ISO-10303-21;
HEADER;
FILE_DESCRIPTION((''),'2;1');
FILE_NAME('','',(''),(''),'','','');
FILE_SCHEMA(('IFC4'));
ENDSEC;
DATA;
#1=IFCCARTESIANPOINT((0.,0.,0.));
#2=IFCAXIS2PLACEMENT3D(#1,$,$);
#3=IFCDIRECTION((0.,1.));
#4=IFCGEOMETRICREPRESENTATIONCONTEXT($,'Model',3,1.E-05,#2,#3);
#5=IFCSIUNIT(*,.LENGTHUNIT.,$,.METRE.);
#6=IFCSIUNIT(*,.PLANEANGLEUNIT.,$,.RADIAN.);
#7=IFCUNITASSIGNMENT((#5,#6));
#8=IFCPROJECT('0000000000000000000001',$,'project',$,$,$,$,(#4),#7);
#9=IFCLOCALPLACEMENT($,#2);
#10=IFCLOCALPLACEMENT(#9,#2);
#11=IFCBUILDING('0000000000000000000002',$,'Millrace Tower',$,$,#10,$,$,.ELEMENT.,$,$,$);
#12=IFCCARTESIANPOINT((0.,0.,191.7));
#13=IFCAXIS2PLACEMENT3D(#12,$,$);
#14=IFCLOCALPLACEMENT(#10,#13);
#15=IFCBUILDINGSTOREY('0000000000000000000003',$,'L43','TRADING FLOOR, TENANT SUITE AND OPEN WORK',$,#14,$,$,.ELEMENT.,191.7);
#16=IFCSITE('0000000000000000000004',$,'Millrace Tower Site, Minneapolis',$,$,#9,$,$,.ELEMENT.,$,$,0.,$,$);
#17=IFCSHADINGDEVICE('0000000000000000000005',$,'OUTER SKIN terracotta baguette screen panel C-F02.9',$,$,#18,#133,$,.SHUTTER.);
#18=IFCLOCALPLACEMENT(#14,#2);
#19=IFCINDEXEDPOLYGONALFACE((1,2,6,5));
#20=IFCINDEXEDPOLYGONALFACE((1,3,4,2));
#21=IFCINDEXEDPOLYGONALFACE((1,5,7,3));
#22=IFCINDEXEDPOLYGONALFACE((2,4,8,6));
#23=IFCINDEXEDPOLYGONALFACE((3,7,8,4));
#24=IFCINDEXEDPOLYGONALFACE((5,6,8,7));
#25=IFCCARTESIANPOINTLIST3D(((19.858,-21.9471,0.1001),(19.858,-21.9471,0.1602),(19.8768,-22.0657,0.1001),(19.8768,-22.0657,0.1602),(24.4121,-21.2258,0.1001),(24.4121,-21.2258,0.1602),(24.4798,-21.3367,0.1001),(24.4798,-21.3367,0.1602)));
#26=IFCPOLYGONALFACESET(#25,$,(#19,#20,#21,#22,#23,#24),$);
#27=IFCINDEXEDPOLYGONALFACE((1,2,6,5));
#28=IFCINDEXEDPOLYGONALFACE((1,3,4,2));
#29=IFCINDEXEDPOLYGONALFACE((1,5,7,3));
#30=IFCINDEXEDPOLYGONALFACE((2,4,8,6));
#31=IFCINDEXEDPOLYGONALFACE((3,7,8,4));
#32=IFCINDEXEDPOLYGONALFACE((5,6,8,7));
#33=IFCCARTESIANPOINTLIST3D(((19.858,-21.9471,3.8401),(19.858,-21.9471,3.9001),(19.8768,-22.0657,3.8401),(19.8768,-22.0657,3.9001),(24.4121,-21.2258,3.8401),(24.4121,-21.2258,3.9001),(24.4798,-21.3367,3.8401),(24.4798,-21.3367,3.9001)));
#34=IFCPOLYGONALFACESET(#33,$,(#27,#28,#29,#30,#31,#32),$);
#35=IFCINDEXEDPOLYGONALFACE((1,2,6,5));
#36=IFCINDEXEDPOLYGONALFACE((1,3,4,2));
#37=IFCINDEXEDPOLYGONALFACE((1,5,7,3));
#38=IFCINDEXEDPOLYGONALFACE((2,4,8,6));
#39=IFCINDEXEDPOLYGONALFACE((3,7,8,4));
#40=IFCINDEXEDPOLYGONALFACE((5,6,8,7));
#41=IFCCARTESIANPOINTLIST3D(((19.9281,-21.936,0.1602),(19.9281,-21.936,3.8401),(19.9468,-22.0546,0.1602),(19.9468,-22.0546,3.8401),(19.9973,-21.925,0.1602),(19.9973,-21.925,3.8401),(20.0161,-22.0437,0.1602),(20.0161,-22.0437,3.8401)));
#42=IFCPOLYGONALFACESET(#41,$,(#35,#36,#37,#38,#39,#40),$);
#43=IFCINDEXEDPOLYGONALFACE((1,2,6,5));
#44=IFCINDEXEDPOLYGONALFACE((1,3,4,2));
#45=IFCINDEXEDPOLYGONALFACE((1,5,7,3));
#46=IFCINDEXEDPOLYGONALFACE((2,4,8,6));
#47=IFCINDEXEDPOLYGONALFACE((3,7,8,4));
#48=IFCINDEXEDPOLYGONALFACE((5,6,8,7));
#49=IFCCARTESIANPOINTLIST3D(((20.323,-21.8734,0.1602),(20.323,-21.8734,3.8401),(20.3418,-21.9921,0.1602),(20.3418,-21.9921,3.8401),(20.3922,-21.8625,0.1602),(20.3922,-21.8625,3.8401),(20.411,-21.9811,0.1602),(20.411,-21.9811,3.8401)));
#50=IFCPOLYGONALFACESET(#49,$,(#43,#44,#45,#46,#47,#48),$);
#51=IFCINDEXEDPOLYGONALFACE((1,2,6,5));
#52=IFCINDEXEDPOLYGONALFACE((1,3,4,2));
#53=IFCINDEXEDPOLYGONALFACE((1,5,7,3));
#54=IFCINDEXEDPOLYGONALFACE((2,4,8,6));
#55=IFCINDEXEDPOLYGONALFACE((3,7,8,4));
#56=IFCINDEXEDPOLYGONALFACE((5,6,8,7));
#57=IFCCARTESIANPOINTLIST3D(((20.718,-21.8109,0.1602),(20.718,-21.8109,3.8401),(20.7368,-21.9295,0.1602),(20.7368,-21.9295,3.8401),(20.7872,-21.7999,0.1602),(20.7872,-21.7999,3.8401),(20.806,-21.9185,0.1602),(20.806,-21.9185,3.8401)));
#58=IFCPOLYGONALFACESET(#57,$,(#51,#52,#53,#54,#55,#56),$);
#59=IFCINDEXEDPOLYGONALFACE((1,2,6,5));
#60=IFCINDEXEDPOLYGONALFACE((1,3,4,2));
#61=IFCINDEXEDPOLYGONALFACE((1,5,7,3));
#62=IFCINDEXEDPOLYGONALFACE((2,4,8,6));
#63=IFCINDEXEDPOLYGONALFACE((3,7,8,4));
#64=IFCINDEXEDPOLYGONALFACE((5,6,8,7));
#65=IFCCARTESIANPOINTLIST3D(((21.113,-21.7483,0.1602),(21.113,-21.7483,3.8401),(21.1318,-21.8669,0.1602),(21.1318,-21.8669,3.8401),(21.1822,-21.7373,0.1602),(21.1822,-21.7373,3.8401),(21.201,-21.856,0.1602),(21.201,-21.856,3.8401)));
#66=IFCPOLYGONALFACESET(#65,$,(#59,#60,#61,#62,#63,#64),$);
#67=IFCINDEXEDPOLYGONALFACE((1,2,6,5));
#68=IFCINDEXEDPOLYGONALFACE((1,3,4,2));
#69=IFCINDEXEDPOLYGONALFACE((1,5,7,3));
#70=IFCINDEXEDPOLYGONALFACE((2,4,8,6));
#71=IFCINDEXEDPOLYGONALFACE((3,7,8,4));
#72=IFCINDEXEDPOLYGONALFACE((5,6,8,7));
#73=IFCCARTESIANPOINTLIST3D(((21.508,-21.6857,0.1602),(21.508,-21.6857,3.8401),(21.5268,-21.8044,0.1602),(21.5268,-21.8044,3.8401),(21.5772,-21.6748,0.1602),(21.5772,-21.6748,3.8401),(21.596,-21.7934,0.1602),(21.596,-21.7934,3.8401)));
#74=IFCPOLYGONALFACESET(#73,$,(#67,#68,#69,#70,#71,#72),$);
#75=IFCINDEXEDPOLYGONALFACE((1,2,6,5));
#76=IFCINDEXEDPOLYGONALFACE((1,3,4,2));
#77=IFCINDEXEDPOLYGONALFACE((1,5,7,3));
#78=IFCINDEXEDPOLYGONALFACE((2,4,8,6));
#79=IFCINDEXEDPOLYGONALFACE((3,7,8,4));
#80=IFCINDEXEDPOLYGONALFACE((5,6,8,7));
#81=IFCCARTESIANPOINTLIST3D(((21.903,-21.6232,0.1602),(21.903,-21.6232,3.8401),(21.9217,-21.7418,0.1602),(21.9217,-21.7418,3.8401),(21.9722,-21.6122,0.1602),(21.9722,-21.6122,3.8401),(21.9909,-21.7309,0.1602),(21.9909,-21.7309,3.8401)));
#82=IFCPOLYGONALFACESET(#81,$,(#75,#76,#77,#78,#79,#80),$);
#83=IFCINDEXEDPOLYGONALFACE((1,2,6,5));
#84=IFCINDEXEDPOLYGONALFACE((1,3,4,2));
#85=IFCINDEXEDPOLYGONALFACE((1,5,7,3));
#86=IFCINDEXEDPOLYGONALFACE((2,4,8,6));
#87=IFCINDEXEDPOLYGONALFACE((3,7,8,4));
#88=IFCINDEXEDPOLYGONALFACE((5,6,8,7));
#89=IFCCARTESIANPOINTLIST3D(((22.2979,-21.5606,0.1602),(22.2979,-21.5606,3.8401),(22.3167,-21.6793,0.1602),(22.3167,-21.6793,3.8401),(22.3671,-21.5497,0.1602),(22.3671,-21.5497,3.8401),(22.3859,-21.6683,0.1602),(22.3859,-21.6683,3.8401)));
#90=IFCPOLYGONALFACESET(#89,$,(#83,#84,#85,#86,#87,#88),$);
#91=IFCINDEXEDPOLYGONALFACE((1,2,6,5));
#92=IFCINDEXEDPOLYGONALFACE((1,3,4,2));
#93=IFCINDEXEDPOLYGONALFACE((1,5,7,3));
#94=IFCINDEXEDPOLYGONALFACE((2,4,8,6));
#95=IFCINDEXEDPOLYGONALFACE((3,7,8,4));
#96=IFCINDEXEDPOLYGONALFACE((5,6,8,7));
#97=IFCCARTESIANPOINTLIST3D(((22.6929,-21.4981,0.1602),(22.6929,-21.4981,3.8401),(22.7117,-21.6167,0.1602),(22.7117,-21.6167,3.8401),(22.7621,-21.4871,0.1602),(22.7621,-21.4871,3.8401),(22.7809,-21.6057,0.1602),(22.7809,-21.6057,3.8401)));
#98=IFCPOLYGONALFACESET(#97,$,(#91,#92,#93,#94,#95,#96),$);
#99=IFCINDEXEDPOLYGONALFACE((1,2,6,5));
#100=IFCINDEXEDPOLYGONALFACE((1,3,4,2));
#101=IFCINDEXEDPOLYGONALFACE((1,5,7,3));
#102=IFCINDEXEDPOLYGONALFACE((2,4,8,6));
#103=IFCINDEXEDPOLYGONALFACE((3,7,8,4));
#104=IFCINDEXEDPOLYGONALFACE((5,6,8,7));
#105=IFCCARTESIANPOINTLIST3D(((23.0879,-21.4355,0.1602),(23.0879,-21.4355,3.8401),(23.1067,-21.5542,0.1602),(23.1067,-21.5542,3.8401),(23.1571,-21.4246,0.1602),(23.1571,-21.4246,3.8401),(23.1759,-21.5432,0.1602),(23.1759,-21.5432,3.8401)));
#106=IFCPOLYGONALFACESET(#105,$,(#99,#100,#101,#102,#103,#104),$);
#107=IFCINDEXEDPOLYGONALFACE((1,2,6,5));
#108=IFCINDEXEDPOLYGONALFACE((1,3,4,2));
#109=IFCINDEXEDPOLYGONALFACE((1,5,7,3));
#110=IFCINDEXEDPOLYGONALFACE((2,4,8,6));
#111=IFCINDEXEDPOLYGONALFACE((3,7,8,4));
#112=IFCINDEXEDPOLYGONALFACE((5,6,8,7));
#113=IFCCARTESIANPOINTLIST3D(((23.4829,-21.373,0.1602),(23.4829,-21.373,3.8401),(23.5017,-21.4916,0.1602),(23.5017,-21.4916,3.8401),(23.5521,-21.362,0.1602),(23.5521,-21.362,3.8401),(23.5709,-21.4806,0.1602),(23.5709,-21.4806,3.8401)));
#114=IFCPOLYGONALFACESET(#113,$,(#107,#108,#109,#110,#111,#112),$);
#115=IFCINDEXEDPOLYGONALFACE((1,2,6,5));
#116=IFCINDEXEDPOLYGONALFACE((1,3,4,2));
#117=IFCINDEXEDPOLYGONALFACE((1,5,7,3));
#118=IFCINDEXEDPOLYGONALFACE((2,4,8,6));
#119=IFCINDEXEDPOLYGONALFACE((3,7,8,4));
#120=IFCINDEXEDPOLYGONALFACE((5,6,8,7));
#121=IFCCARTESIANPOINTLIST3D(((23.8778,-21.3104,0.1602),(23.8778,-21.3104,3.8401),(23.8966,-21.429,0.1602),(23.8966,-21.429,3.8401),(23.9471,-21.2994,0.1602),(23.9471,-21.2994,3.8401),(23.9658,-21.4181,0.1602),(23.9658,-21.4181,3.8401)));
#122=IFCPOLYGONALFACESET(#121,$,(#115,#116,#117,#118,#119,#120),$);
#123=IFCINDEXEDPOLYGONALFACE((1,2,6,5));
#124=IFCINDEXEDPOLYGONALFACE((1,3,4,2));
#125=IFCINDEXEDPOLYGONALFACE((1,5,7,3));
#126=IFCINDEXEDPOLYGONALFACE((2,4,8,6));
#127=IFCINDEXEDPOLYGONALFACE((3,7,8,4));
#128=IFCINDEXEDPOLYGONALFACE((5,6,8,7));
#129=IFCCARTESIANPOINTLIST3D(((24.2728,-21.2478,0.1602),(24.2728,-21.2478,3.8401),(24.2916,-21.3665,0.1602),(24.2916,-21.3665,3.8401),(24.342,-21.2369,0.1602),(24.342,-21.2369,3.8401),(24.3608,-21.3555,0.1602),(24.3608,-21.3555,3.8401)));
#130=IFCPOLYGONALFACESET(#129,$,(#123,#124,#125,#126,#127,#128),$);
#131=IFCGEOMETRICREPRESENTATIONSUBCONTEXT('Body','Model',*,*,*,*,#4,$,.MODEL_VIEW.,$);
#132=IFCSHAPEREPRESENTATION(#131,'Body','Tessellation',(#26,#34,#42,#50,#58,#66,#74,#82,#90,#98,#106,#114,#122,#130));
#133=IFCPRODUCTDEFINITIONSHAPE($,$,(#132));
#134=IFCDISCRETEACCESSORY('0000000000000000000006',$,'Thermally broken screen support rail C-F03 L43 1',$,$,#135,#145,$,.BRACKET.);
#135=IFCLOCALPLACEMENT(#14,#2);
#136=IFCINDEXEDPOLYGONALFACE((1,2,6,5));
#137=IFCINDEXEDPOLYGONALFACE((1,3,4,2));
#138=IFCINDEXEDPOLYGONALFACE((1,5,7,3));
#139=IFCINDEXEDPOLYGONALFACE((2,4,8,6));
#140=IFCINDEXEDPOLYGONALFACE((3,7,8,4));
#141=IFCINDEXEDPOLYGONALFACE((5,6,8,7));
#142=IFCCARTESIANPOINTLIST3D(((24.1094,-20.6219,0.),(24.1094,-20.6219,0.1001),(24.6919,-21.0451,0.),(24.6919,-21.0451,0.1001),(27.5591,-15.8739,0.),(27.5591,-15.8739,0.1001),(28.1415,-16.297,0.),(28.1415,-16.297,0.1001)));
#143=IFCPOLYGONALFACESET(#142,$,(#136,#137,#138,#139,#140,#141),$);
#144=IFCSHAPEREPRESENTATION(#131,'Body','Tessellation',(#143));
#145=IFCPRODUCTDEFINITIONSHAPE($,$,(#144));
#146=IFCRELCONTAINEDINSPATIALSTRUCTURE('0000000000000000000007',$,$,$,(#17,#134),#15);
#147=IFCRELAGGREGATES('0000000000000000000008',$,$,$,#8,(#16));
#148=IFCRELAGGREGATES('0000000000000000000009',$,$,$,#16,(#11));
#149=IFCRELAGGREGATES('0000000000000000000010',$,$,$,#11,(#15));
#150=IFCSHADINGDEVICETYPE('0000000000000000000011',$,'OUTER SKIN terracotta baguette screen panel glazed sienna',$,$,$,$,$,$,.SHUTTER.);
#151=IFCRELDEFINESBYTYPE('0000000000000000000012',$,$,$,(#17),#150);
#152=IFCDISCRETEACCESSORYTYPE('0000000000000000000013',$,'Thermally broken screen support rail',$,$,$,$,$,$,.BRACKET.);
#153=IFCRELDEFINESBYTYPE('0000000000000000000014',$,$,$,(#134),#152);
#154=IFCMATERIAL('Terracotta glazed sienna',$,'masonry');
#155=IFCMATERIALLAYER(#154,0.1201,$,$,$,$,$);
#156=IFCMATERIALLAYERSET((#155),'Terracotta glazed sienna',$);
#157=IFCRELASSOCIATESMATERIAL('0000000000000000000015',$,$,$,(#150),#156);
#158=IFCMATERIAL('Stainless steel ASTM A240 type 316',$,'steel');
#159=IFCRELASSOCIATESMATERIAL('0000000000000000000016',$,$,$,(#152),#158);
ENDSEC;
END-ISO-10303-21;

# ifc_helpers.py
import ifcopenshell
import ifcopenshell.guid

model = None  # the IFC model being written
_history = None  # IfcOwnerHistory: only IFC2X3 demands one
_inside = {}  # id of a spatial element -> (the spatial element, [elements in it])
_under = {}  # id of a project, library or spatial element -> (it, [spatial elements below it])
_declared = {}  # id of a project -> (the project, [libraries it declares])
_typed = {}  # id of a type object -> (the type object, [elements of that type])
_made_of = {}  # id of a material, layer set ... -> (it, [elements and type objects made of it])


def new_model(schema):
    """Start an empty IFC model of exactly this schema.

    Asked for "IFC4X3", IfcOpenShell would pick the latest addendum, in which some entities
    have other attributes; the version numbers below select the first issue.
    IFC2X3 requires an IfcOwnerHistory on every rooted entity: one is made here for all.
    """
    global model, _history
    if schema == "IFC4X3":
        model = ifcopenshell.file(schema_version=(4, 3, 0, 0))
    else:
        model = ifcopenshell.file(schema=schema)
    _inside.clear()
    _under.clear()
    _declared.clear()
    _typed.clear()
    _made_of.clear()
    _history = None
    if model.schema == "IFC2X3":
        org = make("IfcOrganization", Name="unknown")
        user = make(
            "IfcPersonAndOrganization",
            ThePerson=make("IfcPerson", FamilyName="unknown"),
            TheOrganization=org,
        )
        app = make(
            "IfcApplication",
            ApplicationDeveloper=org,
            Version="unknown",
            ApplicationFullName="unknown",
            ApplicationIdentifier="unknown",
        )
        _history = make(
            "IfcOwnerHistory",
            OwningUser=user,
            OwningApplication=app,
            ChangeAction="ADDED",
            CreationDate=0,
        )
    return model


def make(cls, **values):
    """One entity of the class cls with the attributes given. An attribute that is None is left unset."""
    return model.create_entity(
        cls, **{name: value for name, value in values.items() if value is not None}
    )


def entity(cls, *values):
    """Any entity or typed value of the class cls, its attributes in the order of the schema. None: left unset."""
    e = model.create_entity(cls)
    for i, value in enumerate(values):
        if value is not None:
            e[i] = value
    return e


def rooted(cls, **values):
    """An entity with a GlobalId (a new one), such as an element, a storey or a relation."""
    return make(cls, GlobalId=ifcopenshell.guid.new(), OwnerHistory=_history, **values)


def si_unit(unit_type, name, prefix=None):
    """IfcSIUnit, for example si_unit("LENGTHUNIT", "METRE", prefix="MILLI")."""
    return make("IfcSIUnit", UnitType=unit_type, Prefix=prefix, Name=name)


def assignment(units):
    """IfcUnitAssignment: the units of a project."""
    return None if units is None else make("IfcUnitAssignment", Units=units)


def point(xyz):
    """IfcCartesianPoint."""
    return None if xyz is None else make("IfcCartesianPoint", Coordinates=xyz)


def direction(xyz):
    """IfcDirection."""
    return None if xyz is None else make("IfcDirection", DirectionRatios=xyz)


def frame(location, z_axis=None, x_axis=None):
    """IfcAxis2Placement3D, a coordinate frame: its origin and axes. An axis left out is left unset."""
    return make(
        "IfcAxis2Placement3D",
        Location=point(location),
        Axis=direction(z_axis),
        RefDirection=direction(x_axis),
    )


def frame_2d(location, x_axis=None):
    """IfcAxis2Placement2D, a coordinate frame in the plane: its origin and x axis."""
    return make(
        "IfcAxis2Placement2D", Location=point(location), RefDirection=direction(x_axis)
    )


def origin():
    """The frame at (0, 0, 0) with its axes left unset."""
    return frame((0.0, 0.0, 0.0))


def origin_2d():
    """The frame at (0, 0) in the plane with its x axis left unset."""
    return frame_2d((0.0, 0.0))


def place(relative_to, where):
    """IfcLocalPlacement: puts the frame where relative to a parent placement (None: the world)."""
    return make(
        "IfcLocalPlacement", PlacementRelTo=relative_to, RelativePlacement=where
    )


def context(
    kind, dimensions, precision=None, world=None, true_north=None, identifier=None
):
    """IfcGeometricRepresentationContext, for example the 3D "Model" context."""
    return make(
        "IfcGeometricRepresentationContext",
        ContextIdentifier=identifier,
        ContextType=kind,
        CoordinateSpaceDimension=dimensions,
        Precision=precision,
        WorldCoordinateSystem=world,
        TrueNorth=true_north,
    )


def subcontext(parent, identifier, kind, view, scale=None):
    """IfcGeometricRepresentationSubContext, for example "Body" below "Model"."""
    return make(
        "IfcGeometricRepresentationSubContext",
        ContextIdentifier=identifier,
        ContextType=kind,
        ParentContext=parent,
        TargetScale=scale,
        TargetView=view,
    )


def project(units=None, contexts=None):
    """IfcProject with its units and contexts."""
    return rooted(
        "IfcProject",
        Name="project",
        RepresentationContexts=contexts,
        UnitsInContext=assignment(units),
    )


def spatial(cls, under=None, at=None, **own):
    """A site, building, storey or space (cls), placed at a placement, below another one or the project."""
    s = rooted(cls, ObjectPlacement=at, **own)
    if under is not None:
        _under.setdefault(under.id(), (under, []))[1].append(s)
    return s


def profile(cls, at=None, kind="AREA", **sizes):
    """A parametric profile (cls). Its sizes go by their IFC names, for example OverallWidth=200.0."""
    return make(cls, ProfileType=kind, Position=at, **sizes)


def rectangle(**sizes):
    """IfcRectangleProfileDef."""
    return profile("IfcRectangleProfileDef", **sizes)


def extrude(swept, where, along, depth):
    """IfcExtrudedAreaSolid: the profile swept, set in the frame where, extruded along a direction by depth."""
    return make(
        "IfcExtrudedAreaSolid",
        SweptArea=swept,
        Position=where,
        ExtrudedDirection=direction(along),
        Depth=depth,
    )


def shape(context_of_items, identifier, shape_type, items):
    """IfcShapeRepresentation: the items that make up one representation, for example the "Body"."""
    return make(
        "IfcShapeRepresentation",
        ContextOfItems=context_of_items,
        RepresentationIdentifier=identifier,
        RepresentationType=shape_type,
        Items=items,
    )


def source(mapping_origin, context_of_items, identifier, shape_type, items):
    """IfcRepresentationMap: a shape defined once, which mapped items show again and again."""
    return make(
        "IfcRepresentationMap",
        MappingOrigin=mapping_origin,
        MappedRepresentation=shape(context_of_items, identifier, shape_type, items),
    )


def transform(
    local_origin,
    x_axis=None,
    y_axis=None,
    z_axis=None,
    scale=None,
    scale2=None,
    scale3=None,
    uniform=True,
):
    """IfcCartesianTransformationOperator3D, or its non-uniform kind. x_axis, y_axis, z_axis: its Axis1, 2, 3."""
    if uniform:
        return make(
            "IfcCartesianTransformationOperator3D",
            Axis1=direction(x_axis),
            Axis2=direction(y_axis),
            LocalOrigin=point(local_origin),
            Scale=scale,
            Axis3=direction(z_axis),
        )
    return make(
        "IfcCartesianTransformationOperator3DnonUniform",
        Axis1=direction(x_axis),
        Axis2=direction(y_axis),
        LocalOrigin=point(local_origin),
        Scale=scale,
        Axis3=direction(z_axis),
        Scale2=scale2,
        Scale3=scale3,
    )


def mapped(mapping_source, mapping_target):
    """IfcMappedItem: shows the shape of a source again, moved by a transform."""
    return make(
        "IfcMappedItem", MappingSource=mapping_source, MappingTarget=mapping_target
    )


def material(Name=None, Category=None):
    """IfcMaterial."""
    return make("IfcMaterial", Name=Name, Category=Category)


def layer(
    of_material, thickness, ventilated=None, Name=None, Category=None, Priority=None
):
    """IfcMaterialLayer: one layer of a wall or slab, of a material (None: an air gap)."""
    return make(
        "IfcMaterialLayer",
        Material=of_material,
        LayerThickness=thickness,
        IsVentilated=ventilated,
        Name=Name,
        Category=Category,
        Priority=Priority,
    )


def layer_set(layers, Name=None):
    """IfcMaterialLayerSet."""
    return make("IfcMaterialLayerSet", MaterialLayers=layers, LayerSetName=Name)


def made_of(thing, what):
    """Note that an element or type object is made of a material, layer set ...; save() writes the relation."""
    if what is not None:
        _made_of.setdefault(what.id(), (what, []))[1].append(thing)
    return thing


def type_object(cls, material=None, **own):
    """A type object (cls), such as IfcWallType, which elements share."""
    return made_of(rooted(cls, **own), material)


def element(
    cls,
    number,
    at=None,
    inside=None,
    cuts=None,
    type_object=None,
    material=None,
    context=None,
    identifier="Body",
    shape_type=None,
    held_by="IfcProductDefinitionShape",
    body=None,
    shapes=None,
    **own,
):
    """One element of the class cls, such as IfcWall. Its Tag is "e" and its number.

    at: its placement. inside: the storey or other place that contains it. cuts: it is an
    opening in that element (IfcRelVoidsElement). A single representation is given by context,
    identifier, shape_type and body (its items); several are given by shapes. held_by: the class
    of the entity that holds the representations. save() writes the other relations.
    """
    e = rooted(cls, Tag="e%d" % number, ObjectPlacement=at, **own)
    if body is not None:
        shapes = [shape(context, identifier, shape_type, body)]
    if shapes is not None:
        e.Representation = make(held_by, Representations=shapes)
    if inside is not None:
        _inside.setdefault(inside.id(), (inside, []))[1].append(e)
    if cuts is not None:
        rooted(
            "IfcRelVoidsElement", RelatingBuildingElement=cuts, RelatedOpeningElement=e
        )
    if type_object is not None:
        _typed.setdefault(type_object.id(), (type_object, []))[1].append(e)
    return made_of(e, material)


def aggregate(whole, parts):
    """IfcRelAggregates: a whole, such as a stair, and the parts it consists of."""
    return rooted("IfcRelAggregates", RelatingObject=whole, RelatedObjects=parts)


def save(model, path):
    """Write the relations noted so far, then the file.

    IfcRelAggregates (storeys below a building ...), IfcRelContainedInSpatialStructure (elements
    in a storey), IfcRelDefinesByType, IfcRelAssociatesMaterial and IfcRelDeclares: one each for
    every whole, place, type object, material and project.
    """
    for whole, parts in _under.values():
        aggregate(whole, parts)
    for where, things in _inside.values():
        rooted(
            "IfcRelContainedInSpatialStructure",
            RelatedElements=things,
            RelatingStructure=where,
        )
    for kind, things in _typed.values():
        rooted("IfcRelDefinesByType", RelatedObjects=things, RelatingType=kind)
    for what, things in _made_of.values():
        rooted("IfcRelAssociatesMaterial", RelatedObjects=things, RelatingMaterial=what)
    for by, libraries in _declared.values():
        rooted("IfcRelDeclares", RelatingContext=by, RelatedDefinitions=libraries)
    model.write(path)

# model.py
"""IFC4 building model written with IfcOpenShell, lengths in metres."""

from ifc_helpers import new_model, entity, si_unit, direction, frame, frame_2d, origin, origin_2d, place, context, subcontext, project, spatial, rectangle, extrude, source, transform, mapped, material, layer, layer_set, type_object, element, save


model = new_model("IFC4")

# Units and contexts
model_context = context("Model", 3, precision=1e-05, world=origin(), true_north=direction((0.0, 1.0)))
body_context = subcontext(model_context, "Body", "Model", "MODEL_VIEW")
ifc_project = project(units=[si_unit("LENGTHUNIT", "METRE"), si_unit("PLANEANGLEUNIT", "RADIAN")], contexts=[model_context])

# Site, building, storey
site_placement = place(None, origin())
site = spatial("IfcSite", under=ifc_project, at=site_placement, Name="Millrace Tower Site, Minneapolis", CompositionType="ELEMENT", RefElevation=0.0)
building_placement = place(site_placement, origin())
building = spatial("IfcBuilding", under=site, at=building_placement, Name="Millrace Tower", CompositionType="ELEMENT")
storey_placement = place(building_placement, frame((0.0, 0.0, 191.7)))
storey = spatial("IfcBuildingStorey", under=building, at=storey_placement, Name="L43", Description="TRADING FLOOR, TENANT SUITE AND OPEN WORK", CompositionType="ELEMENT", Elevation=191.7)

# Shading device
ifc_material_1 = material(Name="Terracotta glazed sienna", Category="masonry")
ifc_layer_1 = layer(ifc_material_1, 0.1201)
ifc_layer_set_1 = layer_set([ifc_layer_1], Name="Terracotta glazed sienna")
shading_device_type = type_object("IfcShadingDeviceType", Name="OUTER SKIN terracotta baguette screen panel glazed sienna", PredefinedType="SHUTTER", material=ifc_layer_set_1)
cartesian_point_1 = entity("IfcCartesianPoint", [-2.3179, 0.0601])
shared_polyline_1 = entity("IfcPolyline", [cartesian_point_1, entity("IfcCartesianPoint", [2.293, 0.0601]), entity("IfcCartesianPoint", [2.3425, -0.0601]), entity("IfcCartesianPoint", [-2.3179, -0.0601]), cartesian_point_1])
shared_shape_1 = source(origin(), body_context, "Body", "SweptSolid", [
    entity("IfcExtrudedAreaSolid", entity("IfcArbitraryClosedProfileDef", "AREA", None, shared_polyline_1), entity("IfcAxis2Placement3D", entity("IfcCartesianPoint", [0.0, 0.0, 0.0])), entity("IfcDirection", [0.0, 0.0, 1.0]), 0.0601),
    entity("IfcExtrudedAreaSolid", entity("IfcArbitraryClosedProfileDef", "AREA", None, shared_polyline_1), entity("IfcAxis2Placement3D", entity("IfcCartesianPoint", [0.0, 0.0, 3.74])), entity("IfcDirection", [0.0, 0.0, 1.0]), 0.0601),
    extrude(rectangle(XDim=0.0701, YDim=0.1201, at=frame_2d((-2.2119, 0.0))), frame((0.0, 0.0, 0.0601)), (0.0, 0.0, 1.0), 3.6799),
    extrude(rectangle(XDim=0.0701, YDim=0.1201, at=frame_2d((-1.812, 0.0))), frame((0.0, 0.0, 0.0601)), (0.0, 0.0, 1.0), 3.6799),
    extrude(rectangle(XDim=0.0701, YDim=0.1201, at=frame_2d((-1.4121, 0.0))), frame((0.0, 0.0, 0.0601)), (0.0, 0.0, 1.0), 3.6799),
    extrude(rectangle(XDim=0.0701, YDim=0.1201, at=frame_2d((-1.0122, 0.0))), frame((0.0, 0.0, 0.0601)), (0.0, 0.0, 1.0), 3.6799),
    extrude(rectangle(XDim=0.0701, YDim=0.1201, at=frame_2d((-0.6123, 0.0))), frame((0.0, 0.0, 0.0601)), (0.0, 0.0, 1.0), 3.6799),
    extrude(rectangle(XDim=0.0701, YDim=0.1201, at=frame_2d((-0.2124, 0.0))), frame((0.0, 0.0, 0.0601)), (0.0, 0.0, 1.0), 3.6799),
    extrude(rectangle(XDim=0.0701, YDim=0.1201, at=frame_2d((0.1875, 0.0))), frame((0.0, 0.0, 0.0601)), (0.0, 0.0, 1.0), 3.6799),
    extrude(rectangle(XDim=0.0701, YDim=0.1201, at=frame_2d((0.5874, 0.0))), frame((0.0, 0.0, 0.0601)), (0.0, 0.0, 1.0), 3.6799),
    extrude(rectangle(XDim=0.0701, YDim=0.1201, at=frame_2d((0.9873, 0.0))), frame((0.0, 0.0, 0.0601)), (0.0, 0.0, 1.0), 3.6799),
    extrude(rectangle(XDim=0.0701, YDim=0.1201, at=frame_2d((1.3872, 0.0))), frame((0.0, 0.0, 0.0601)), (0.0, 0.0, 1.0), 3.6799),
    extrude(rectangle(XDim=0.0701, YDim=0.1201, at=frame_2d((1.7871, 0.0))), frame((0.0, 0.0, 0.0601)), (0.0, 0.0, 1.0), 3.6799),
    extrude(rectangle(XDim=0.0701, YDim=0.1201, at=frame_2d((2.187, 0.0))), frame((0.0, 0.0, 0.0601)), (0.0, 0.0, 1.0), 3.6799),
])
shading_device_1_placement = place(storey_placement, frame((22.1567, -21.6438, 0.1001), z_axis=(0.0, 0.0, 1.0), x_axis=(0.987688, 0.156434, 0.0)))
element("IfcShadingDevice", 1, at=shading_device_1_placement, inside=storey, type_object=shading_device_type, Name="OUTER SKIN terracotta baguette screen panel C-F02.9", PredefinedType="SHUTTER", context=body_context, shape_type="MappedRepresentation", body=[
    mapped(shared_shape_1, transform((0.0, 0.0, 0.0), scale=1.0)),
])

# Discrete accessory
ifc_material_2 = material(Name="Stainless steel ASTM A240 type 316", Category="steel")
discrete_accessory_type = type_object("IfcDiscreteAccessoryType", Name="Thermally broken screen support rail", PredefinedType="BRACKET", material=ifc_material_2)
discrete_accessory_placement = place(storey_placement, frame((26.1255, -18.4595, 0.0), z_axis=(0.0, 0.0, 1.0), x_axis=(0.587785, 0.809017, 0.0)))
element("IfcDiscreteAccessory", 2, at=discrete_accessory_placement, inside=storey, type_object=discrete_accessory_type, Name="Thermally broken screen support rail C-F03 L43 1", PredefinedType="BRACKET", context=body_context, shape_type="SweptSolid", body=[
    extrude(rectangle(XDim=5.8689, YDim=0.72, at=origin_2d()), origin(), (0.0, 0.0, 1.0), 0.1001),
])

save(model, "model.ifc")
